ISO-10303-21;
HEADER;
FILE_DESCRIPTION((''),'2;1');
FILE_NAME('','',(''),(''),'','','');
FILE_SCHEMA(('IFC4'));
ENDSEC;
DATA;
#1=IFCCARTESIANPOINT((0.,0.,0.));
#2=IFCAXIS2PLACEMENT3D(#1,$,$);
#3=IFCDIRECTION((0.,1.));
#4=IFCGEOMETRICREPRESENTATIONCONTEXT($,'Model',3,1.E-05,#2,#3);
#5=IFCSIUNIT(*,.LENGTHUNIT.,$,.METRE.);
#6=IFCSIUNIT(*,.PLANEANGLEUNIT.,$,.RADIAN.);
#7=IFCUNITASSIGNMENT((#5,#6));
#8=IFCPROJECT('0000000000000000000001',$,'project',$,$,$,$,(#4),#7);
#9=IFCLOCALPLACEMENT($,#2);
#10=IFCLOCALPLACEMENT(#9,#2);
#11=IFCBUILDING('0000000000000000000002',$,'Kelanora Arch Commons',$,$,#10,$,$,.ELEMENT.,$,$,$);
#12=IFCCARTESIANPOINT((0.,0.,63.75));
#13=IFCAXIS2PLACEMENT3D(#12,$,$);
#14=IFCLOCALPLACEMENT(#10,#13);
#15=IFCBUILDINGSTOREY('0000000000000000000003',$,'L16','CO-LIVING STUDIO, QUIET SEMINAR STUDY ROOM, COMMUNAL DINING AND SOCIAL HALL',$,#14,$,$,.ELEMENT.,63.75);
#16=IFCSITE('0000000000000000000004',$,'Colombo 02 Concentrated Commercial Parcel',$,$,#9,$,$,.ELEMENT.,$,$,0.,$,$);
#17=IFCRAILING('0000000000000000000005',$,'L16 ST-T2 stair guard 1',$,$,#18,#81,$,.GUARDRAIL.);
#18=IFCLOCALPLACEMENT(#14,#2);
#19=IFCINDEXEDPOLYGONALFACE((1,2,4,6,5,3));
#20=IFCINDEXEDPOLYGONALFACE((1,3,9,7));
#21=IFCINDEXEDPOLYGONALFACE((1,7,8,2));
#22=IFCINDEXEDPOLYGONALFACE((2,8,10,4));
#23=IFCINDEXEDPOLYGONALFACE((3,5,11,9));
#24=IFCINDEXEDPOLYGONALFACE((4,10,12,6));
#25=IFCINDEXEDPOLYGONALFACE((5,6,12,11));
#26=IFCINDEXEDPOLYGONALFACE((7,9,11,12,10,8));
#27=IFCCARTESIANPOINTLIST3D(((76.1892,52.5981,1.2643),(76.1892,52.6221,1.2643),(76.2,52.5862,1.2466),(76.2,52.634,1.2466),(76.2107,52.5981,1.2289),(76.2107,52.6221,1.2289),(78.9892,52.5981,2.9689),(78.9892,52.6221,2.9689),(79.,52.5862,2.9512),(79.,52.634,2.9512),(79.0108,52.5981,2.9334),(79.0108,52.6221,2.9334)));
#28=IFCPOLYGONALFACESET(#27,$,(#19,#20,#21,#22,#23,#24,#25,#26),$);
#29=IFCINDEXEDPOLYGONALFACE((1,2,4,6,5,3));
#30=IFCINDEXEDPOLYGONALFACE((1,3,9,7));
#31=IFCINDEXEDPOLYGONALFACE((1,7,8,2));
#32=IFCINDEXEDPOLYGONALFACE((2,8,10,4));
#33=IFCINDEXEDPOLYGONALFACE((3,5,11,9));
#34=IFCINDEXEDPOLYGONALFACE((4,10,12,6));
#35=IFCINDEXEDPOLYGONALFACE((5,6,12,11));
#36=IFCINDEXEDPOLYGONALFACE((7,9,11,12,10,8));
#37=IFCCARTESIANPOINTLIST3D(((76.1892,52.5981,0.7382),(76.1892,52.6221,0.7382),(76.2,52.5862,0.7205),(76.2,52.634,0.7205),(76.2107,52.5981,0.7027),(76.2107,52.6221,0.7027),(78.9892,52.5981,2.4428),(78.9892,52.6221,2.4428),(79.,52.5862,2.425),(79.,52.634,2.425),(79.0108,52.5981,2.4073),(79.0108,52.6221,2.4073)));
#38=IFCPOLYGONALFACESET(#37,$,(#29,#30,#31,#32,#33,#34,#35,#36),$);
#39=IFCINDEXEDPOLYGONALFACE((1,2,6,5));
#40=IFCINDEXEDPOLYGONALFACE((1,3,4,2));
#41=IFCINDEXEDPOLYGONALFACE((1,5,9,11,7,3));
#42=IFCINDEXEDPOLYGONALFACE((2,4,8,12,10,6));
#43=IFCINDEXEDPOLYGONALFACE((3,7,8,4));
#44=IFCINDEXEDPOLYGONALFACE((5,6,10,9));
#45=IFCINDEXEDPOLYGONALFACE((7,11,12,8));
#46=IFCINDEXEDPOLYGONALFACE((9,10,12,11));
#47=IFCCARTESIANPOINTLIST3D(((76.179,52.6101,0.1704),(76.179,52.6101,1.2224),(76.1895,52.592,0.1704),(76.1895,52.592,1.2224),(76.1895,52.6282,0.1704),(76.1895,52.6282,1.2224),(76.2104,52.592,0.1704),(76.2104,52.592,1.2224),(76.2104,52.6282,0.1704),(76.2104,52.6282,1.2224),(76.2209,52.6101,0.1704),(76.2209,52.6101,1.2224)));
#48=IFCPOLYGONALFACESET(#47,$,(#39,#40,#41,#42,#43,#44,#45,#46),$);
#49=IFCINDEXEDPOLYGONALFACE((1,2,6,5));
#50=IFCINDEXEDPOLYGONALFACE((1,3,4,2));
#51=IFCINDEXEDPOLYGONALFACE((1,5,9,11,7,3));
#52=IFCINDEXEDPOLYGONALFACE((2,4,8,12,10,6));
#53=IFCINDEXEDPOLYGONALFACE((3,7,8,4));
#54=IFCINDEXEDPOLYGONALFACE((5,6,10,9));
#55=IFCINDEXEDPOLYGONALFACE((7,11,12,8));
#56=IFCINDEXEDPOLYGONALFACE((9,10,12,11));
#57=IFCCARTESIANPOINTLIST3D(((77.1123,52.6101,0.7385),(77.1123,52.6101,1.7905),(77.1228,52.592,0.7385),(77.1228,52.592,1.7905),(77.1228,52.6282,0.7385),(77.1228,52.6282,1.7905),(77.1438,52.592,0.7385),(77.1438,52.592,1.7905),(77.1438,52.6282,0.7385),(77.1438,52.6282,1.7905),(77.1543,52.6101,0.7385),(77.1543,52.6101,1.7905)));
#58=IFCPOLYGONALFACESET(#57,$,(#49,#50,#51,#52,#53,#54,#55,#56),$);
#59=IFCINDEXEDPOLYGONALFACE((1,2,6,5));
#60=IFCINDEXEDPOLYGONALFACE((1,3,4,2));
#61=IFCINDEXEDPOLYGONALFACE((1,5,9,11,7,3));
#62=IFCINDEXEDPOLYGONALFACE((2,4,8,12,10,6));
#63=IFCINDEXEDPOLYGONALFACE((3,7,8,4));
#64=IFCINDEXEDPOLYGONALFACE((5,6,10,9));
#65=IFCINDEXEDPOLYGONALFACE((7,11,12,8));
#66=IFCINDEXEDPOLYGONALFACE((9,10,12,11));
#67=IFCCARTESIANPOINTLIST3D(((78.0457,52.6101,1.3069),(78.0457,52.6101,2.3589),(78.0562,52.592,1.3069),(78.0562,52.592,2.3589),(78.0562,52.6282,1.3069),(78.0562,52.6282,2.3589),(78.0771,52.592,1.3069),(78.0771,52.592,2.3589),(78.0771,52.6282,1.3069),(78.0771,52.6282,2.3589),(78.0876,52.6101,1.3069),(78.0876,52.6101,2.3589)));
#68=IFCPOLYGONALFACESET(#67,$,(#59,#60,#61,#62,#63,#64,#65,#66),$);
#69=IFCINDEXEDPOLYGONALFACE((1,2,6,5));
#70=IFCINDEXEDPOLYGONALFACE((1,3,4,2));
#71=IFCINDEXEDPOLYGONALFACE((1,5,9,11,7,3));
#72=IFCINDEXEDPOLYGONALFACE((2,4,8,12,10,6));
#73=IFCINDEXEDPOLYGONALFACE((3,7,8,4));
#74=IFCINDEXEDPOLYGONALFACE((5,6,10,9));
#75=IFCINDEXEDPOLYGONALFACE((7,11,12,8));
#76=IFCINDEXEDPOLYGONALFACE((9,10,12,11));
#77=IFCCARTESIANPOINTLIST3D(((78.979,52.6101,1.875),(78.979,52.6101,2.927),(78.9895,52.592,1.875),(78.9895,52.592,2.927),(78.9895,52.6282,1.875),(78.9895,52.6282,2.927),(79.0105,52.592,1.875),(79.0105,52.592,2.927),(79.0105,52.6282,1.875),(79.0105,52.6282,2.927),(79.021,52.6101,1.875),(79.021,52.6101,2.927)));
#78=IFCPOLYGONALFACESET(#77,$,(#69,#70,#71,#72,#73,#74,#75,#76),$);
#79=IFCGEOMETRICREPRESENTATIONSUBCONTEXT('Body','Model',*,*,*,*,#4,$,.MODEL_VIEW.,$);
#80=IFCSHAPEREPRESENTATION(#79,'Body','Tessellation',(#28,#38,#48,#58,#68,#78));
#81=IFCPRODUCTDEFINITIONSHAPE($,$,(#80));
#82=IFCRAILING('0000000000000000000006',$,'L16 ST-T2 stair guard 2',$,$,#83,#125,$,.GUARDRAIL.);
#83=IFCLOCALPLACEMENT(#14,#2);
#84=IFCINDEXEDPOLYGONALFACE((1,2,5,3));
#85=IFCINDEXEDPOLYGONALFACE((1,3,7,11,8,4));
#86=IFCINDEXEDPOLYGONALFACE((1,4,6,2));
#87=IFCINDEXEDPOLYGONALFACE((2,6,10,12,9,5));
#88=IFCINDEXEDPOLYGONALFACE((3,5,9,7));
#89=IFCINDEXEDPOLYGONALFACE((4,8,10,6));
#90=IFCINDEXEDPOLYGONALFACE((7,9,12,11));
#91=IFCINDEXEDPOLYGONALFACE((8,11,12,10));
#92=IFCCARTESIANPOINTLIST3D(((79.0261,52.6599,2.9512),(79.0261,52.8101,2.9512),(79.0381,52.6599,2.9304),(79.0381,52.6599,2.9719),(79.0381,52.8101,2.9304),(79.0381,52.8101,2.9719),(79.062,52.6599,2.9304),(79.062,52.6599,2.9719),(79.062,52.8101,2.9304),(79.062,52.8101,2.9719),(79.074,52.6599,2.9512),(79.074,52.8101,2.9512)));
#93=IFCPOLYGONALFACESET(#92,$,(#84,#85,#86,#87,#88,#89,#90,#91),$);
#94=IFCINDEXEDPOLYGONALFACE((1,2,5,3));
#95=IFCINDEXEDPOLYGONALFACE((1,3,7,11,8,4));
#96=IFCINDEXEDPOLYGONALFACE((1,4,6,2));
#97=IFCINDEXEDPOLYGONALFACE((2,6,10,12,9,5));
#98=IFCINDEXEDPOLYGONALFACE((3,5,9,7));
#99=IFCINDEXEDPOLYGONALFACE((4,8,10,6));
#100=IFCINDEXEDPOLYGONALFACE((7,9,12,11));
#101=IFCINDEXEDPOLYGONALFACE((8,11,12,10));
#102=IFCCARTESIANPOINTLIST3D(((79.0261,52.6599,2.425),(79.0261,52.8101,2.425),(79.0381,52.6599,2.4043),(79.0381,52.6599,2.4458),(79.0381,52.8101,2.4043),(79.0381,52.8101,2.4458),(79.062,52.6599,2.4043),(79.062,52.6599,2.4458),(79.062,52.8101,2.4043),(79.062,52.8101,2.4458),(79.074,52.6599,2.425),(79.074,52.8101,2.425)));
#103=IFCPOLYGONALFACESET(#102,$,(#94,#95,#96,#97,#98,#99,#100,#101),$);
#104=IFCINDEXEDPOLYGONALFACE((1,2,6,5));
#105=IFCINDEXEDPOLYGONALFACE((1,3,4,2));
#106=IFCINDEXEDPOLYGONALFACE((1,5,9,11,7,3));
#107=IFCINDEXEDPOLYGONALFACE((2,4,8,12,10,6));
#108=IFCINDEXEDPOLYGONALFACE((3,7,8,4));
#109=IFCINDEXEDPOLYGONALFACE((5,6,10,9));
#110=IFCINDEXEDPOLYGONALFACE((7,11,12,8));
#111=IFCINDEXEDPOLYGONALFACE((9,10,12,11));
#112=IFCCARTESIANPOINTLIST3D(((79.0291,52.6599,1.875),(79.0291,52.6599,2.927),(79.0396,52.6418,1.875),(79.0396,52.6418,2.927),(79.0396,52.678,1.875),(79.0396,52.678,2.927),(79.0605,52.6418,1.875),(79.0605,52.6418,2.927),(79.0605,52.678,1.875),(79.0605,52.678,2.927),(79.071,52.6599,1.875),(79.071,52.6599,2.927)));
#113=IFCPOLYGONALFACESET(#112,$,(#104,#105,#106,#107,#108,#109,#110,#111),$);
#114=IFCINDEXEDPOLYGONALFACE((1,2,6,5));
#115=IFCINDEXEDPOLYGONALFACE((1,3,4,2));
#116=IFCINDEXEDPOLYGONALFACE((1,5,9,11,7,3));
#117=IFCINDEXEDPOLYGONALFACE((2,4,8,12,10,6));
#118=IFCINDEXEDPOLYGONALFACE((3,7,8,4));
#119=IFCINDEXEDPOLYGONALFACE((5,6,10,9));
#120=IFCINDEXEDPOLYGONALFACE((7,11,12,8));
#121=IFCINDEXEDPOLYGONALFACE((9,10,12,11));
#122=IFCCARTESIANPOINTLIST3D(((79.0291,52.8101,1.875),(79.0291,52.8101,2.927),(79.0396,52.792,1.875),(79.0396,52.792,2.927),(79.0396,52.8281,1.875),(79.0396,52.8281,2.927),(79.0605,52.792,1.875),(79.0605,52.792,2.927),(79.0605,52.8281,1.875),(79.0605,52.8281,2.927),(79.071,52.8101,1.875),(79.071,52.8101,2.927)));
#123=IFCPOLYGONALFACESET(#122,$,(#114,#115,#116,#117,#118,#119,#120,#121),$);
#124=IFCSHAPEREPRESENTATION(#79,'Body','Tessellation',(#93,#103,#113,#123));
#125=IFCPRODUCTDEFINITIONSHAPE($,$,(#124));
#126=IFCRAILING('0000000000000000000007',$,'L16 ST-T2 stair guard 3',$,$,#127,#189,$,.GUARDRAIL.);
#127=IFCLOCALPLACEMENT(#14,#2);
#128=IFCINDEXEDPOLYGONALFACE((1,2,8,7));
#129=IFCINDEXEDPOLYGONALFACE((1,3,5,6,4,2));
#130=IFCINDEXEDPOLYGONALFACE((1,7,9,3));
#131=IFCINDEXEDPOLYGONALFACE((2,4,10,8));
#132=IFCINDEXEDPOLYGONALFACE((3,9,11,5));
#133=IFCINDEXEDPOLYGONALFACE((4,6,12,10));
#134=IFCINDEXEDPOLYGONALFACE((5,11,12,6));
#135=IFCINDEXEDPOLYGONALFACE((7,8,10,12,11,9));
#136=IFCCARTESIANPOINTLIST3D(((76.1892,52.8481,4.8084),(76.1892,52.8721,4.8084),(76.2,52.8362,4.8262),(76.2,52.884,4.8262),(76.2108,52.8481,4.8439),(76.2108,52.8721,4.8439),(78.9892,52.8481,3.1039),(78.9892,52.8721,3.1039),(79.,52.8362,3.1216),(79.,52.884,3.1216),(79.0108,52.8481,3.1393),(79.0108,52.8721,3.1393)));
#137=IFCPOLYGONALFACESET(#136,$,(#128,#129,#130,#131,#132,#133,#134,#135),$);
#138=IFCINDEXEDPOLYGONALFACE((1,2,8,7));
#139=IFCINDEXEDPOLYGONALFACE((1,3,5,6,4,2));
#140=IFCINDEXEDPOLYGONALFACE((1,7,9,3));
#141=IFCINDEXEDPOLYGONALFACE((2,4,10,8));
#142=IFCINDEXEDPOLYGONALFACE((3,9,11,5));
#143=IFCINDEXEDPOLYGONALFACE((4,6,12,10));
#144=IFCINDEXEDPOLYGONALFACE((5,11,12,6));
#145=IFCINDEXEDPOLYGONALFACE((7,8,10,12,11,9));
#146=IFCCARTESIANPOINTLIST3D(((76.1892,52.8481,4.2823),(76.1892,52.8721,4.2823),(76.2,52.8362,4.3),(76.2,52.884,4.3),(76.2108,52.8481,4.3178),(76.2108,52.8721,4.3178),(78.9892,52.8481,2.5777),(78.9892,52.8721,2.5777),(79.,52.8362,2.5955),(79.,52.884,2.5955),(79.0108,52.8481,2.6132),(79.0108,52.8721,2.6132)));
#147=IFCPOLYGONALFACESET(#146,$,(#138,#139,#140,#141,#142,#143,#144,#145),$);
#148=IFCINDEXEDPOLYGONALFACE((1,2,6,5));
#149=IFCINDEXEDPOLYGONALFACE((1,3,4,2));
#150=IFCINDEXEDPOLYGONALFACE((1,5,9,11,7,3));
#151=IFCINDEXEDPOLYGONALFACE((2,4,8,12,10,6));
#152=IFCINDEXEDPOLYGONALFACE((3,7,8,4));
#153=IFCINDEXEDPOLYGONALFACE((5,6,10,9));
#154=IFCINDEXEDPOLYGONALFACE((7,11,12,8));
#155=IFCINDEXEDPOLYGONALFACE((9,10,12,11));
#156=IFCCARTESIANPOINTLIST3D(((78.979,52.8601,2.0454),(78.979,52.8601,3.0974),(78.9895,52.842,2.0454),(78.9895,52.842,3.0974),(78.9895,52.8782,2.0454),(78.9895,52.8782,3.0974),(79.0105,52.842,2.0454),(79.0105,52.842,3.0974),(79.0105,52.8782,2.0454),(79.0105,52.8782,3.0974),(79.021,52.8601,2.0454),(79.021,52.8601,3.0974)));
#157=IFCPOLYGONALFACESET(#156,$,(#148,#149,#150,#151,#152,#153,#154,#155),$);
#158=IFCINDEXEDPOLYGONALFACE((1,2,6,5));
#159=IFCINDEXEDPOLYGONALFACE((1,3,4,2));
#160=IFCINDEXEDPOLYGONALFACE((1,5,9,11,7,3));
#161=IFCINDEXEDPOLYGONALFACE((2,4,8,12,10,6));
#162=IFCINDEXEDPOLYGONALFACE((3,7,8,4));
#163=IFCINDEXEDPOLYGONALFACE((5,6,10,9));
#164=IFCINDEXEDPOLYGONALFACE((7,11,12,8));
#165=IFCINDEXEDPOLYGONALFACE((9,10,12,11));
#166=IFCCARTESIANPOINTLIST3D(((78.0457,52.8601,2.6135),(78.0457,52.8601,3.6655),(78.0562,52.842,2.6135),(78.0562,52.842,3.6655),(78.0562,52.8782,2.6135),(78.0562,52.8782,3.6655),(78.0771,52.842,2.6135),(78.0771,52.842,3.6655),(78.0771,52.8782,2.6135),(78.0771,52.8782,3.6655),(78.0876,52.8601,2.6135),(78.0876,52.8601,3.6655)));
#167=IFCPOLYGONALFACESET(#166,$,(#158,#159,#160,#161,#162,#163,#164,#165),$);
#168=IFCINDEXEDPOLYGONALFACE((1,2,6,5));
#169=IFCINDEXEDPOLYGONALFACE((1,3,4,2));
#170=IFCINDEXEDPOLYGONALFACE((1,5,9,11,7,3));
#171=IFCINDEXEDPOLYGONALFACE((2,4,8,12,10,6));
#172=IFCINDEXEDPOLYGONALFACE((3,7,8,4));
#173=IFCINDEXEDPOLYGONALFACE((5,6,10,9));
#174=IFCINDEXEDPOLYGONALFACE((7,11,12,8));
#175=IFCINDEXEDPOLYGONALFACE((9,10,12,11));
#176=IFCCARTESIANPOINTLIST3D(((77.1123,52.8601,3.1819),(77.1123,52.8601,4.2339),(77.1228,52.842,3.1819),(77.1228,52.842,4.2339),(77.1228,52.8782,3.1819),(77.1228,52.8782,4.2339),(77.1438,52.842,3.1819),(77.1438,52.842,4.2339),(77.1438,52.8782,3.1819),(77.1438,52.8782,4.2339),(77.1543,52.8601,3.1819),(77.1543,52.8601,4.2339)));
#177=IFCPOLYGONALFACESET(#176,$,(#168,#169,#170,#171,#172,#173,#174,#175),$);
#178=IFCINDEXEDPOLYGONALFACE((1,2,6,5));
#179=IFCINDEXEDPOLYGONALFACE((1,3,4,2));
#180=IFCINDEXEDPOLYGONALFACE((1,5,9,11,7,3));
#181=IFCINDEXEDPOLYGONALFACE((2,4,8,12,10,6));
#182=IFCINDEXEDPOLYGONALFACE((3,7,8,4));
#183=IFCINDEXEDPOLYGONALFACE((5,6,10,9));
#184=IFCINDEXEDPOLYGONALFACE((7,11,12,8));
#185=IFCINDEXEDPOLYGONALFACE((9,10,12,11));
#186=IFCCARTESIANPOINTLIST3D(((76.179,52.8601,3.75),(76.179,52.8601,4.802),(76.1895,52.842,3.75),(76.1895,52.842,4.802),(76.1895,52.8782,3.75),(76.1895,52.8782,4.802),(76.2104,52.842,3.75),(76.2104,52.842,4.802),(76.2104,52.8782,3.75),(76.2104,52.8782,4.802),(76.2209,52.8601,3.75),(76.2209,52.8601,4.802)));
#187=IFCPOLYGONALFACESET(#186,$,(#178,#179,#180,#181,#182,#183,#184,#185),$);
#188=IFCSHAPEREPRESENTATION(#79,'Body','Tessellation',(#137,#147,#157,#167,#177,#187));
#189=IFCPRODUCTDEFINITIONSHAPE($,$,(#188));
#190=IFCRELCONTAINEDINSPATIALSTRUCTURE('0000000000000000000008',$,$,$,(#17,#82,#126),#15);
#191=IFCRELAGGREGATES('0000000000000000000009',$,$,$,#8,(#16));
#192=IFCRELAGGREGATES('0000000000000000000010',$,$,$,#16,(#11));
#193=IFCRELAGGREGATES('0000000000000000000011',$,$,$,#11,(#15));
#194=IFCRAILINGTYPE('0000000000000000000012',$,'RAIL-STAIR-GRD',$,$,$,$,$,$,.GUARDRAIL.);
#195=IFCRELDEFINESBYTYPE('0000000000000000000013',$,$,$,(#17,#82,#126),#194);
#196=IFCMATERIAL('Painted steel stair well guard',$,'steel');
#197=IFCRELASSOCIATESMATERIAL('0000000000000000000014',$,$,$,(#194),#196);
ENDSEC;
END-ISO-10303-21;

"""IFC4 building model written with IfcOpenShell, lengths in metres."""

from ifc_helpers import new_model, si_unit, direction, frame, origin, place, context, subcontext, project, spatial, polyline, outline, extrude, material, type_object, element, save


model = new_model("IFC4")

# Units and contexts
model_context = context("Model", 3, precision=1e-05, world=origin(), true_north=direction((0.0, 1.0)))
body_context = subcontext(model_context, "Body", "Model", "MODEL_VIEW")
ifc_project = project(units=[si_unit("LENGTHUNIT", "METRE"), si_unit("PLANEANGLEUNIT", "RADIAN")], contexts=[model_context])

# Site, building, storey
site_placement = place(None, origin())
site = spatial("IfcSite", under=ifc_project, at=site_placement, Name="Colombo 02 Concentrated Commercial Parcel", CompositionType="ELEMENT", RefElevation=0.0)
building_placement = place(site_placement, origin())
building = spatial("IfcBuilding", under=site, at=building_placement, Name="Kelanora Arch Commons", CompositionType="ELEMENT")
storey_placement = place(building_placement, frame((0.0, 0.0, 63.75)))
storey = spatial("IfcBuildingStorey", under=building, at=storey_placement, Name="L16", Description="CO-LIVING STUDIO, QUIET SEMINAR STUDY ROOM, COMMUNAL DINING AND SOCIAL HALL", CompositionType="ELEMENT", Elevation=63.75)

# Railings
ifc_material_1 = material(Name="Painted steel stair well guard", Category="steel")
railing_type_1 = type_object("IfcRailingType", Name="RAIL-STAIR-GRD", PredefinedType="GUARDRAIL", material=ifc_material_1)
railing_1_placement = place(storey_placement, frame((76.2, 52.6101, 0.1704)))
element("IfcRailing", 1, at=railing_1_placement, inside=storey, type_object=railing_type_1, Name="L16 ST-T2 stair guard 1", PredefinedType="GUARDRAIL", context=body_context, shape_type="SweptSolid", body=[
    extrude(outline(polyline([(0.0239, 0.0), (0.012, 0.0208), (-0.012, 0.0208), (-0.0239, 0.0), (-0.012, -0.0208), (0.012, -0.0208), (0.0239, 0.0)])), frame((0.0, 0.0, 1.0762), z_axis=(0.85417, 0.0, 0.519994), x_axis=(0.0, 1.0, 0.0)), (0.0, 0.0, 1.0), 3.2781),
    extrude(outline(polyline([(0.0239, 0.0), (0.012, 0.0208), (-0.012, 0.0208), (-0.0239, 0.0), (-0.012, -0.0208), (0.012, -0.0208), (0.0239, 0.0)])), frame((0.0, 0.0, 0.55), z_axis=(0.85417, 0.0, 0.519994), x_axis=(0.0, 1.0, 0.0)), (0.0, 0.0, 1.0), 3.2781),
    extrude(outline(polyline([(0.021, 0.0), (0.0105, 0.0181), (-0.0105, 0.0181), (-0.021, 0.0), (-0.0105, -0.0181), (0.0105, -0.0181), (0.021, 0.0)])), origin(), (0.0, 0.0, 1.0), 1.052),
    extrude(outline(polyline([(0.021, 0.0), (0.0105, 0.0181), (-0.0105, 0.0181), (-0.021, 0.0), (-0.0105, -0.0181), (0.0105, -0.0181), (0.021, 0.0)])), frame((0.9333, 0.0, 0.5681)), (0.0, 0.0, 1.0), 1.052),
    extrude(outline(polyline([(0.021, 0.0), (0.0105, 0.0181), (-0.0105, 0.0181), (-0.021, 0.0), (-0.0105, -0.0181), (0.0105, -0.0181), (0.021, 0.0)])), frame((1.8667, 0.0, 1.1365)), (0.0, 0.0, 1.0), 1.052),
    extrude(outline(polyline([(0.021, 0.0), (0.0105, 0.0181), (-0.0105, 0.0181), (-0.021, 0.0), (-0.0105, -0.0181), (0.0105, -0.0181), (0.021, 0.0)])), frame((2.8, 0.0, 1.7046)), (0.0, 0.0, 1.0), 1.052),
])
railing_2_placement = place(storey_placement, frame((79.05, 52.6599, 1.875)))
element("IfcRailing", 2, at=railing_2_placement, inside=storey, type_object=railing_type_1, Name="L16 ST-T2 stair guard 2", PredefinedType="GUARDRAIL", context=body_context, shape_type="SweptSolid", body=[
    extrude(outline(polyline([(0.0239, 0.0), (0.012, 0.0208), (-0.012, 0.0208), (-0.0239, 0.0), (-0.012, -0.0208), (0.012, -0.0208), (0.0239, 0.0)])), frame((0.0, 0.0, 1.0762), z_axis=(0.0, 1.0, 0.0), x_axis=(-1.0, 0.0, 0.0)), (0.0, 0.0, 1.0), 0.1501),
    extrude(outline(polyline([(0.0239, 0.0), (0.012, 0.0208), (-0.012, 0.0208), (-0.0239, 0.0), (-0.012, -0.0208), (0.012, -0.0208), (0.0239, 0.0)])), frame((0.0, 0.0, 0.55), z_axis=(0.0, 1.0, 0.0), x_axis=(-1.0, 0.0, 0.0)), (0.0, 0.0, 1.0), 0.1501),
    extrude(outline(polyline([(0.021, 0.0), (0.0105, 0.0181), (-0.0105, 0.0181), (-0.021, 0.0), (-0.0105, -0.0181), (0.0105, -0.0181), (0.021, 0.0)])), origin(), (0.0, 0.0, 1.0), 1.052),
    extrude(outline(polyline([(0.021, 0.0), (0.0105, 0.0181), (-0.0105, 0.0181), (-0.021, 0.0), (-0.0105, -0.0181), (0.0105, -0.0181), (0.021, 0.0)])), frame((0.0, 0.1501, 0.0)), (0.0, 0.0, 1.0), 1.052),
])
railing_3_placement = place(storey_placement, frame((79.0, 52.8601, 2.0454)))
element("IfcRailing", 3, at=railing_3_placement, inside=storey, type_object=railing_type_1, Name="L16 ST-T2 stair guard 3", PredefinedType="GUARDRAIL", context=body_context, shape_type="SweptSolid", body=[
    extrude(outline(polyline([(0.0239, 0.0), (0.012, 0.0208), (-0.012, 0.0208), (-0.0239, 0.0), (-0.012, -0.0208), (0.012, -0.0208), (0.0239, 0.0)])), frame((0.0, 0.0, 1.0762), z_axis=(-0.85417, 0.0, 0.519994), x_axis=(0.0, -1.0, 0.0)), (0.0, 0.0, 1.0), 3.2781),
    extrude(outline(polyline([(0.0239, 0.0), (0.012, 0.0208), (-0.012, 0.0208), (-0.0239, 0.0), (-0.012, -0.0208), (0.012, -0.0208), (0.0239, 0.0)])), frame((0.0, 0.0, 0.55), z_axis=(-0.85417, 0.0, 0.519994), x_axis=(0.0, -1.0, 0.0)), (0.0, 0.0, 1.0), 3.2781),
    extrude(outline(polyline([(0.021, 0.0), (0.0105, 0.0181), (-0.0105, 0.0181), (-0.021, 0.0), (-0.0105, -0.0181), (0.0105, -0.0181), (0.021, 0.0)])), origin(), (0.0, 0.0, 1.0), 1.052),
    extrude(outline(polyline([(0.021, 0.0), (0.0105, 0.0181), (-0.0105, 0.0181), (-0.021, 0.0), (-0.0105, -0.0181), (0.0105, -0.0181), (0.021, 0.0)])), frame((-0.9333, 0.0, 0.5681)), (0.0, 0.0, 1.0), 1.052),
    extrude(outline(polyline([(0.021, 0.0), (0.0105, 0.0181), (-0.0105, 0.0181), (-0.021, 0.0), (-0.0105, -0.0181), (0.0105, -0.0181), (0.021, 0.0)])), frame((-1.8667, 0.0, 1.1365)), (0.0, 0.0, 1.0), 1.052),
    extrude(outline(polyline([(0.021, 0.0), (0.0105, 0.0181), (-0.0105, 0.0181), (-0.021, 0.0), (-0.0105, -0.0181), (0.0105, -0.0181), (0.021, 0.0)])), frame((-2.8, 0.0, 1.7046)), (0.0, 0.0, 1.0), 1.052),
])

save(model, "model.ifc")
